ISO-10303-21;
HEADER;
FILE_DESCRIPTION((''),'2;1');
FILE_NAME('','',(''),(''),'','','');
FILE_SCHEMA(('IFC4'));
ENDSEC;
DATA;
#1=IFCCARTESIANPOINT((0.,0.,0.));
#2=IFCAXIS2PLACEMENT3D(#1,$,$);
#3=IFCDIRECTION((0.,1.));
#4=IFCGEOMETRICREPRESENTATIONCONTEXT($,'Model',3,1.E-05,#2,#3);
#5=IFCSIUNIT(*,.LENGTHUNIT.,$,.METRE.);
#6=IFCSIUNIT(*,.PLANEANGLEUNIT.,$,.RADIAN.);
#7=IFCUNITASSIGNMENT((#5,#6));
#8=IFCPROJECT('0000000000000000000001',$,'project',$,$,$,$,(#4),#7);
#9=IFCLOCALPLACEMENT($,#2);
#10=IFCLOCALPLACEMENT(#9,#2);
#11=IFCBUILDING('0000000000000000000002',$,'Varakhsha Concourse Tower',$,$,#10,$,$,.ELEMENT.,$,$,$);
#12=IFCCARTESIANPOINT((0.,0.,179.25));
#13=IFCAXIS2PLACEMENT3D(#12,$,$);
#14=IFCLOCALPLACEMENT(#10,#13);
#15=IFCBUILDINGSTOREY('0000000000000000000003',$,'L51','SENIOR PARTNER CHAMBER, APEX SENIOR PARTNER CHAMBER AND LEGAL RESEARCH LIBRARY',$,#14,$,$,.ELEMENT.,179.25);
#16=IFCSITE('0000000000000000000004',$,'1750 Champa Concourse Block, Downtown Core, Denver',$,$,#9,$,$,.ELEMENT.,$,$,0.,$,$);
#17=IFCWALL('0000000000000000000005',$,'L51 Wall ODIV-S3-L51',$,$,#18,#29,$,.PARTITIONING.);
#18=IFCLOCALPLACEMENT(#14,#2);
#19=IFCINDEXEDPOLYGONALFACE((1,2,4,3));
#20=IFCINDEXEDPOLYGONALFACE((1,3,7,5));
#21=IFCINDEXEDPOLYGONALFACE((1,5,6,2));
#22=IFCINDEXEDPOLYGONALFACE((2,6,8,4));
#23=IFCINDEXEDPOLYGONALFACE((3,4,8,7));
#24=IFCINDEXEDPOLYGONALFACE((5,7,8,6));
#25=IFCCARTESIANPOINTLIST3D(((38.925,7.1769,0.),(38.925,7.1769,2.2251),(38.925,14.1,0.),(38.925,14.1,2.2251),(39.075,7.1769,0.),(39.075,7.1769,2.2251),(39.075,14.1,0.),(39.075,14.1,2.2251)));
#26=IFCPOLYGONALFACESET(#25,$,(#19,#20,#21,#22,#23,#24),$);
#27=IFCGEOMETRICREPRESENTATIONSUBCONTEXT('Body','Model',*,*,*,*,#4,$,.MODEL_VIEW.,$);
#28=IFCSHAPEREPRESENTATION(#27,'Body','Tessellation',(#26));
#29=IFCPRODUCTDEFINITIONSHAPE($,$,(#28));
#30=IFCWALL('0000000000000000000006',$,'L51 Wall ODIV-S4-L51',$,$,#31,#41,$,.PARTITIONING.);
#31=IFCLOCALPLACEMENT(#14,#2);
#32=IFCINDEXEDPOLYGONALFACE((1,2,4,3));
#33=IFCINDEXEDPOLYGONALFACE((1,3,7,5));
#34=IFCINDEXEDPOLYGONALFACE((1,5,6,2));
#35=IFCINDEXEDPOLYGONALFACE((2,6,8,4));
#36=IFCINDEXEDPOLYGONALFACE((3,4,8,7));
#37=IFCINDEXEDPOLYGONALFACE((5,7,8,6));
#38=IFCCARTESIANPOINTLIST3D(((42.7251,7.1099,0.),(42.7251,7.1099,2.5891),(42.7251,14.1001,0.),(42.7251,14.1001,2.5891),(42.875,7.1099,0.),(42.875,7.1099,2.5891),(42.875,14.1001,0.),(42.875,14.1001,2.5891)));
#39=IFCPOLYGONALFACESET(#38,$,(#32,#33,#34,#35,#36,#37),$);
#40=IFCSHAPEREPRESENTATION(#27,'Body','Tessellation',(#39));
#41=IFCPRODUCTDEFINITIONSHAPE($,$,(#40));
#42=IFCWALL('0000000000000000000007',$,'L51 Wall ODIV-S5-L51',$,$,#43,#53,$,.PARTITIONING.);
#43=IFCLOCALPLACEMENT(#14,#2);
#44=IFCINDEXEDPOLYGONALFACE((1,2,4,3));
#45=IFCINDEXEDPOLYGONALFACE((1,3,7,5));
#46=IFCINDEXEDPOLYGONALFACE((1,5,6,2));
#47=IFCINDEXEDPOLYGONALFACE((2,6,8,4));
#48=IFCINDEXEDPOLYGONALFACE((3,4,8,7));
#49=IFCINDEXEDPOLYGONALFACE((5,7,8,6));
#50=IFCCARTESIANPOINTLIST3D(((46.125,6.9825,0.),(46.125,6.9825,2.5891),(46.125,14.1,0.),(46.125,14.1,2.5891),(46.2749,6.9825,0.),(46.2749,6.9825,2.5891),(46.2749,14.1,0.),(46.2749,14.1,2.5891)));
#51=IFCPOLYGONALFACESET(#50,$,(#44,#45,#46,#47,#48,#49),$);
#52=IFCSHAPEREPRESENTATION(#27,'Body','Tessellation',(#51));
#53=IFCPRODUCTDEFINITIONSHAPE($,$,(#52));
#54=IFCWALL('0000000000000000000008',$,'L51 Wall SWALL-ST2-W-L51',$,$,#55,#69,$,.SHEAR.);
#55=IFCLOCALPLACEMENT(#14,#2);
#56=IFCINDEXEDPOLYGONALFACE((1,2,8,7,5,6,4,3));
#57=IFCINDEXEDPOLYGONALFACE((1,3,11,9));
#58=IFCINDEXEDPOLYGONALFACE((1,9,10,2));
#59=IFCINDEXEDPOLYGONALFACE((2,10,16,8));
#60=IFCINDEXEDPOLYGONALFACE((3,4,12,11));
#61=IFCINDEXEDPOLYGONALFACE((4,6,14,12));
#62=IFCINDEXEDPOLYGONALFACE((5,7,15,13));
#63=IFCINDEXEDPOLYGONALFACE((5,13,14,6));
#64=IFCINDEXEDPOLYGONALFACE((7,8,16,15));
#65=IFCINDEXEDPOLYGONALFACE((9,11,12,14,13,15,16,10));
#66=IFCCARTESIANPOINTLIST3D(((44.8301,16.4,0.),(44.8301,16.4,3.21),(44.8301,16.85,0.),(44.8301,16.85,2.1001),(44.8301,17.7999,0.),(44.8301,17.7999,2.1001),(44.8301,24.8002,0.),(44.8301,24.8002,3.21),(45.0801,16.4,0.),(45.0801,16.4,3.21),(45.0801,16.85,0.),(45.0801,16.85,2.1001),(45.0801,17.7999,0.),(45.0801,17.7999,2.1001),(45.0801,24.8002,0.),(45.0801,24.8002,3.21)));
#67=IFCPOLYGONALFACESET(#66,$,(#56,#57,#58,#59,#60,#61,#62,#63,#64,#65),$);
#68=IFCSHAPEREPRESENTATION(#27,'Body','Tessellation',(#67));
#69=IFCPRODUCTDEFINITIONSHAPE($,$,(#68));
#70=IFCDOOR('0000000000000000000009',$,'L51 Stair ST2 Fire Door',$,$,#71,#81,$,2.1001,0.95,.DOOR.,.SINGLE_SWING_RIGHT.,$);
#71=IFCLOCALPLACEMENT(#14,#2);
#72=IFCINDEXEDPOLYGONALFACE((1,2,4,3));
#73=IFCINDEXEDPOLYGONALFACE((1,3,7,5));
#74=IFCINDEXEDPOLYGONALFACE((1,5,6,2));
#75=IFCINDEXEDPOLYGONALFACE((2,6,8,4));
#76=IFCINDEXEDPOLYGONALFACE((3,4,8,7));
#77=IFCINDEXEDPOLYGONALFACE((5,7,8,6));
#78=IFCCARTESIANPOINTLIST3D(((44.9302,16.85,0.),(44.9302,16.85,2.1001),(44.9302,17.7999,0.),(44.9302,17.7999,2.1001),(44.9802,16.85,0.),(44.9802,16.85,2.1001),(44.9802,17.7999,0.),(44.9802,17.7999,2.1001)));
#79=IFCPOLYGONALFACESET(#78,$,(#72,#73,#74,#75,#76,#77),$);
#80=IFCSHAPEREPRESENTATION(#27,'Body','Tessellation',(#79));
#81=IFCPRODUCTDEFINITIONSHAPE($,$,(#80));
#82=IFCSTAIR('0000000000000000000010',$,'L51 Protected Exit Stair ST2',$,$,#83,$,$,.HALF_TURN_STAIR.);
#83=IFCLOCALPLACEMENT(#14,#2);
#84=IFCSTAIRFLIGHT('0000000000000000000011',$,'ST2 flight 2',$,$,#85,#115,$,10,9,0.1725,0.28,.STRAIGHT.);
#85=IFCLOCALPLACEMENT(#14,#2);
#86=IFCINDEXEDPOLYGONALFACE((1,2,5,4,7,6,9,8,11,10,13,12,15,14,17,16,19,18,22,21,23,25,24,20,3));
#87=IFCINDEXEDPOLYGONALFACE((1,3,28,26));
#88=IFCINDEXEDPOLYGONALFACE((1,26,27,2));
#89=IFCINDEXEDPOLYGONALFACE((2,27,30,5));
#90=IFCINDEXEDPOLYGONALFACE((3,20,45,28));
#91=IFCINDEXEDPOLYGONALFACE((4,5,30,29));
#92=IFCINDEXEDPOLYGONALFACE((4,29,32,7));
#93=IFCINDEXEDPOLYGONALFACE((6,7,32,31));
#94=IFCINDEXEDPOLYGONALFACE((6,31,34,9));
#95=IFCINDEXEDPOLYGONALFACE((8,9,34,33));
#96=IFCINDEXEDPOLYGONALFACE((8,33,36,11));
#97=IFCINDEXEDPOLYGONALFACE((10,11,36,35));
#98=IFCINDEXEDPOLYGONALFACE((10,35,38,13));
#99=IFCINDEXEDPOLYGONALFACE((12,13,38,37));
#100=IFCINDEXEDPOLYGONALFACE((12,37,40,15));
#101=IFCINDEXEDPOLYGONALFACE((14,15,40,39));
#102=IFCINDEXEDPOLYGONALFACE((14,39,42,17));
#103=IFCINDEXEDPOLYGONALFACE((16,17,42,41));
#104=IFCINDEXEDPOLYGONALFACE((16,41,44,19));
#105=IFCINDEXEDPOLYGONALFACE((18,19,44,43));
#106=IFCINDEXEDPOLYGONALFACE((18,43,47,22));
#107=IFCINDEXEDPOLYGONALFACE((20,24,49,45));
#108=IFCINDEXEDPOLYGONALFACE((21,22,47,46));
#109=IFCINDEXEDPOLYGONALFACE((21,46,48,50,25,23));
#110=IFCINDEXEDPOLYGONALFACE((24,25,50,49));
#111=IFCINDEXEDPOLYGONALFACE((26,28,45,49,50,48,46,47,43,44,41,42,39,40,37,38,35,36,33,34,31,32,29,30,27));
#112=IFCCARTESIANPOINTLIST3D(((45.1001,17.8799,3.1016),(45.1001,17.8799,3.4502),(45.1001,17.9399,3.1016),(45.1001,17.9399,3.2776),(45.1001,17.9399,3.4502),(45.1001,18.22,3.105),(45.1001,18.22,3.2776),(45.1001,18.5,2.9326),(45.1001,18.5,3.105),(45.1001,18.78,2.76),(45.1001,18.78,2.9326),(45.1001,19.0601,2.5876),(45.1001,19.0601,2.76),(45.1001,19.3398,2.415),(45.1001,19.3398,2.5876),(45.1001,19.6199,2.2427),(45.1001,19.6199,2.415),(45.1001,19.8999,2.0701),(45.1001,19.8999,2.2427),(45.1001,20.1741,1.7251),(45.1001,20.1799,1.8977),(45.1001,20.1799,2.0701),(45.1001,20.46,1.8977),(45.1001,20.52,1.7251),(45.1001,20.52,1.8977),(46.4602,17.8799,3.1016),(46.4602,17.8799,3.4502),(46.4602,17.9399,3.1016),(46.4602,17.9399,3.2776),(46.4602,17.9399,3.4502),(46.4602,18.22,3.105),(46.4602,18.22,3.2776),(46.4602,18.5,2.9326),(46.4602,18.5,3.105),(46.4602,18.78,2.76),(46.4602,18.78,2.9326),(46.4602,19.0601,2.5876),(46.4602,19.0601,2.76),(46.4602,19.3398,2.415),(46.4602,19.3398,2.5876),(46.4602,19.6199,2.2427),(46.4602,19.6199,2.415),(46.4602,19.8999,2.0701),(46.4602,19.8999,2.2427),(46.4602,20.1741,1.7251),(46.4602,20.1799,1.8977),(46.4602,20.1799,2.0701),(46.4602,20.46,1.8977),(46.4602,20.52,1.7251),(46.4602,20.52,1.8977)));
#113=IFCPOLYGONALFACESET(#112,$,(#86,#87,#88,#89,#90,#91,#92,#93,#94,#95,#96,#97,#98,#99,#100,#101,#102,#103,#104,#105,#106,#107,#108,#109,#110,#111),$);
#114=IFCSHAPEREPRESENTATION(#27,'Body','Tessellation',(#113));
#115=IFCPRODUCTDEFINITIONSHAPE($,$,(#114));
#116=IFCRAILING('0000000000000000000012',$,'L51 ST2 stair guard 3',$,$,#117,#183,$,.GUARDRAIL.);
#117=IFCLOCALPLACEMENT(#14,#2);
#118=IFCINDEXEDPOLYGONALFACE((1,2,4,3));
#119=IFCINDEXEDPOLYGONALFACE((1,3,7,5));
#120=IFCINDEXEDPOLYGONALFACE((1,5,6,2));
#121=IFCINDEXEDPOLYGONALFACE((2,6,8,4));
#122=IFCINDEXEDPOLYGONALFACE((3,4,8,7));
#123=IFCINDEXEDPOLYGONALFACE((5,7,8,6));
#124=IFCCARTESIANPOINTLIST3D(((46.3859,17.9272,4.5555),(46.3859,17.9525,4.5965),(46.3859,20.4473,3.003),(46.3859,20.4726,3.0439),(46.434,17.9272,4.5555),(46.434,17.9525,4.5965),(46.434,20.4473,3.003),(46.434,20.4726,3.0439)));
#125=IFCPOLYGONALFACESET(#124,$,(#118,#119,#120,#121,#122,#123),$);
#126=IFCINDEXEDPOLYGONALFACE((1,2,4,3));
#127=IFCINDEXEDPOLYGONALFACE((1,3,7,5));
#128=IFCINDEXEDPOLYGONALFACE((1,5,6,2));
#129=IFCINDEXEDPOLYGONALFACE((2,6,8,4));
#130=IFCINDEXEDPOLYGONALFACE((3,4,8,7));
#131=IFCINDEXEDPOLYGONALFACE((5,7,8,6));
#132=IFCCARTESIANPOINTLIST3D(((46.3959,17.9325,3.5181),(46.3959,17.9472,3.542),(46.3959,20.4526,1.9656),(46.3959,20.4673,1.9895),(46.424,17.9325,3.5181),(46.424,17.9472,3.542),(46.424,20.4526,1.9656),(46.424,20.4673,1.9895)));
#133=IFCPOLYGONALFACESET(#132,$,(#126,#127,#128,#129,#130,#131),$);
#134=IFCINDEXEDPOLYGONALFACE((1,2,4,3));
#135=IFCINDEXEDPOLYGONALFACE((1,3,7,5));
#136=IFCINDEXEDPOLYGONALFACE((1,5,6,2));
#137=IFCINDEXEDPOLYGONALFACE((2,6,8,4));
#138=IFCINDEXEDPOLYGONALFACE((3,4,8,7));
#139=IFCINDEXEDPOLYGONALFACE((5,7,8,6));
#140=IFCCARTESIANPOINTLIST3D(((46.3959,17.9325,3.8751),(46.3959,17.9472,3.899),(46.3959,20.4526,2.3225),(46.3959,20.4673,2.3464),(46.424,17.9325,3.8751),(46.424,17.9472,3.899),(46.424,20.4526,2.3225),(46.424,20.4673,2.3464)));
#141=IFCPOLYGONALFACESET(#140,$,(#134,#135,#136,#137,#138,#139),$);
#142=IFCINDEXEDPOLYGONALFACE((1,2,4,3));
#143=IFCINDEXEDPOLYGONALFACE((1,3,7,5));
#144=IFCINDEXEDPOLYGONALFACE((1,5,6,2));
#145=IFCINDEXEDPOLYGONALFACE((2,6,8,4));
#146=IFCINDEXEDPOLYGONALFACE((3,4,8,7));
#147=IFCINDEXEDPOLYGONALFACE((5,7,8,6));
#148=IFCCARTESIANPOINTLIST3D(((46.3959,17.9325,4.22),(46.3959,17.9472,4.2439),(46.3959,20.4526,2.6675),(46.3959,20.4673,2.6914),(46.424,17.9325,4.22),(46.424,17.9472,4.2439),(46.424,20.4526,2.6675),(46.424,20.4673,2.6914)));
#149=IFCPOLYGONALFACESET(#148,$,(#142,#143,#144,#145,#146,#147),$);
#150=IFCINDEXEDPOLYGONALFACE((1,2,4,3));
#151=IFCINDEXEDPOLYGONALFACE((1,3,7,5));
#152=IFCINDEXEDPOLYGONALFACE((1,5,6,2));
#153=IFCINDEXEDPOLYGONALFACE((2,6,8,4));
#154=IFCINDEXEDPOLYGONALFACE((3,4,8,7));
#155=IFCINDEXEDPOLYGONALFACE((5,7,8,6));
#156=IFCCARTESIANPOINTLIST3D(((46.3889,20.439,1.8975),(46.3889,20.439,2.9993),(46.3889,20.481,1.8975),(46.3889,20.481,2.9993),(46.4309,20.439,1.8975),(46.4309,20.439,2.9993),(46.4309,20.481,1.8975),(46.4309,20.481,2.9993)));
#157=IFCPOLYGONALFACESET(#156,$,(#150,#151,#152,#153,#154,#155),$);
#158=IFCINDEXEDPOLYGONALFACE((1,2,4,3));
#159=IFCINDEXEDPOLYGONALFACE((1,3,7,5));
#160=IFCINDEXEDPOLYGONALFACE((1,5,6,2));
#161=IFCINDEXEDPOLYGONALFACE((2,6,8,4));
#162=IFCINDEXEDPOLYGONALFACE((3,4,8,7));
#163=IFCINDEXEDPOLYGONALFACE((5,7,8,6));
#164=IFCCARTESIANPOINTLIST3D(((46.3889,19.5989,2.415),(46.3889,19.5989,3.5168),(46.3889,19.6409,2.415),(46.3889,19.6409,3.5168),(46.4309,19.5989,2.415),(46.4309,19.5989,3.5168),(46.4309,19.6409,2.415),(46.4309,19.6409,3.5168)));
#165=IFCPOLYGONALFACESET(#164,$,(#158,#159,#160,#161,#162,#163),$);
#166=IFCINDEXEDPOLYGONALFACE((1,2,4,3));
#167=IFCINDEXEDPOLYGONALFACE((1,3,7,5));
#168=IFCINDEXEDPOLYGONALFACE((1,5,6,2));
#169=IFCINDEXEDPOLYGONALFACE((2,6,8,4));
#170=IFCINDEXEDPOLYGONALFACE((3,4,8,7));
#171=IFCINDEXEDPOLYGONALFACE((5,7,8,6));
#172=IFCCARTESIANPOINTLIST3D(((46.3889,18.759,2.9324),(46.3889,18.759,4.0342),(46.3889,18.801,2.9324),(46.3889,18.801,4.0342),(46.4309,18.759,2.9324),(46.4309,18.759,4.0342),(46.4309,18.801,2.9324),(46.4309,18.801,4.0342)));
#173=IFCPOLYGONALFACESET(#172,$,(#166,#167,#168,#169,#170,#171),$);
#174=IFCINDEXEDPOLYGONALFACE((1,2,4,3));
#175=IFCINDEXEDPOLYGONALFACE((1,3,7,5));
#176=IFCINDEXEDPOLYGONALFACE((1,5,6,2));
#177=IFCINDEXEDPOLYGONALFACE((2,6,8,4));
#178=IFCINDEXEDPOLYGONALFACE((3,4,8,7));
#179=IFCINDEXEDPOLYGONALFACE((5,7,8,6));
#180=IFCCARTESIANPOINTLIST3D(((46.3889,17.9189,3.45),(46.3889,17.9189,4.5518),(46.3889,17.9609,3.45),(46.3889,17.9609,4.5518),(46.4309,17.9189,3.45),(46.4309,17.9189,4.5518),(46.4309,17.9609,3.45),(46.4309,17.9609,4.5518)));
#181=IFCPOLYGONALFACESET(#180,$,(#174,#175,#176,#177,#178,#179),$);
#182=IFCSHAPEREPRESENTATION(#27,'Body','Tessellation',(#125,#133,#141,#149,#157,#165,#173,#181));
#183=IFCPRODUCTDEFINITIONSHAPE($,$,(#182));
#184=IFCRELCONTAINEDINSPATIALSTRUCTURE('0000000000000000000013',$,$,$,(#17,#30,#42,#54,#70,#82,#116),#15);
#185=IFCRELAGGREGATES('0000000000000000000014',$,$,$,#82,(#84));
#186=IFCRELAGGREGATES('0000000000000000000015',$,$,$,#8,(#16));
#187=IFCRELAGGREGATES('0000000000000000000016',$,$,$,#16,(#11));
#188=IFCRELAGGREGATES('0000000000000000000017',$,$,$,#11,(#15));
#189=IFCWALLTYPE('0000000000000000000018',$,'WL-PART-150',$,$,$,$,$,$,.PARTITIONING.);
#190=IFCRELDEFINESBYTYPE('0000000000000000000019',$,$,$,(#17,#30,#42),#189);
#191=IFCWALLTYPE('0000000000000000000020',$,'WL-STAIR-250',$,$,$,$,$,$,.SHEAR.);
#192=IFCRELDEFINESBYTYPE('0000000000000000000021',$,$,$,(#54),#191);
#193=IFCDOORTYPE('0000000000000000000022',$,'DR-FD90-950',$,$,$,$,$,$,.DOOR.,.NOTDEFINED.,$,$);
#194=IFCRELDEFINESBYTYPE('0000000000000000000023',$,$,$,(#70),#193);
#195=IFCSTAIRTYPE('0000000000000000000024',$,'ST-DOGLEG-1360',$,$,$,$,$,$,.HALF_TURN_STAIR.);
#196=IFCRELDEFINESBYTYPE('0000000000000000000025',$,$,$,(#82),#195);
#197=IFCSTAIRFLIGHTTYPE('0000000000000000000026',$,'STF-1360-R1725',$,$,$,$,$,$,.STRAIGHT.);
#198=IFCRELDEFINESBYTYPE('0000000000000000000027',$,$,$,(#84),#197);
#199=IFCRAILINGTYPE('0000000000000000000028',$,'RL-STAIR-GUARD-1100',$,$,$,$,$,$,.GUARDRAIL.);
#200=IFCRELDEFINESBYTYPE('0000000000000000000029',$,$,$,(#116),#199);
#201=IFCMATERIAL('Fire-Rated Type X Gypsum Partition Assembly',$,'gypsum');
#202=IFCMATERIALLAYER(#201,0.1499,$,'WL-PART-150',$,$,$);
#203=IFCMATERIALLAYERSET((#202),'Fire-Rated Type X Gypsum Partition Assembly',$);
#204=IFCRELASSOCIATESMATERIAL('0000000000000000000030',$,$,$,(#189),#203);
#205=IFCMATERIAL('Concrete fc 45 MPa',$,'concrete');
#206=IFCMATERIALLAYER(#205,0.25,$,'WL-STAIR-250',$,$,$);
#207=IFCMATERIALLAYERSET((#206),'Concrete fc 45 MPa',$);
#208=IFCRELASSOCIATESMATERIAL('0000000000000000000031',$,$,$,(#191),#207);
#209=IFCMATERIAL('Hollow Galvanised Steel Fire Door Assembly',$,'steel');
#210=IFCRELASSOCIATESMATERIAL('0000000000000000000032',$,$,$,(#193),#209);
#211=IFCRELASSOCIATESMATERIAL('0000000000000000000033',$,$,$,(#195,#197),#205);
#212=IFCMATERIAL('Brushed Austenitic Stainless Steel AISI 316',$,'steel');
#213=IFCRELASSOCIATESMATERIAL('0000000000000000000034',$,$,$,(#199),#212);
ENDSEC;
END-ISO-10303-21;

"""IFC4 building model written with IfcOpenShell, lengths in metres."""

from ifc_helpers import new_model, si_unit, direction, frame, frame_2d, origin, origin_2d, place, context, subcontext, project, spatial, polyline, rectangle, outline, extrude, material, layer, layer_set, type_object, element, fill, aggregate, save


model = new_model("IFC4")

# Units and contexts
model_context = context("Model", 3, precision=1e-05, world=origin(), true_north=direction((0.0, 1.0)))
body_context = subcontext(model_context, "Body", "Model", "MODEL_VIEW")
ifc_project = project(units=[si_unit("LENGTHUNIT", "METRE"), si_unit("PLANEANGLEUNIT", "RADIAN")], contexts=[model_context])

# Site, building, storey
site_placement = place(None, origin())
site = spatial("IfcSite", under=ifc_project, at=site_placement, Name="1750 Champa Concourse Block, Downtown Core, Denver", CompositionType="ELEMENT", RefElevation=0.0)
building_placement = place(site_placement, origin())
building = spatial("IfcBuilding", under=site, at=building_placement, Name="Varakhsha Concourse Tower", CompositionType="ELEMENT")
storey_placement = place(building_placement, frame((0.0, 0.0, 179.25)))
storey = spatial("IfcBuildingStorey", under=building, at=storey_placement, Name="L51", Description="SENIOR PARTNER CHAMBER, APEX SENIOR PARTNER CHAMBER AND LEGAL RESEARCH LIBRARY", CompositionType="ELEMENT", Elevation=179.25)

# Shared definitions
ifc_material_1 = material(Name="Fire-Rated Type X Gypsum Partition Assembly", Category="gypsum")
ifc_material_2 = material(Name="Hollow Galvanised Steel Fire Door Assembly", Category="steel")

# Walls
ifc_layer_1 = layer(ifc_material_1, 0.1499, Name="WL-PART-150")
ifc_layer_set_1 = layer_set([ifc_layer_1], Name="Fire-Rated Type X Gypsum Partition Assembly")
wall_type_1 = type_object("IfcWallType", Name="WL-PART-150", PredefinedType="PARTITIONING", material=ifc_layer_set_1)
wall_1_placement = place(storey_placement, frame((39.0, 7.177, 0.0), z_axis=(0.0, 0.0, 1.0), x_axis=(0.0, 1.0, 0.0)))
element("IfcWall", 1, at=wall_1_placement, inside=storey, type_object=wall_type_1, Name="L51 Wall ODIV-S3-L51", PredefinedType="PARTITIONING", context=body_context, shape_type="SweptSolid", body=[
    extrude(rectangle(XDim=6.9231, YDim=0.1499, at=frame_2d((3.4614, 0.0))), origin(), (0.0, 0.0, 1.0), 2.2251),
])
wall_2_placement = place(storey_placement, frame((42.8, 7.1099, 0.0), z_axis=(0.0, 0.0, 1.0), x_axis=(0.0, 1.0, 0.0)))
element("IfcWall", 2, at=wall_2_placement, inside=storey, type_object=wall_type_1, Name="L51 Wall ODIV-S4-L51", PredefinedType="PARTITIONING", context=body_context, shape_type="SweptSolid", body=[
    extrude(rectangle(XDim=6.9902, YDim=0.1499, at=frame_2d((3.4951, 0.0))), origin(), (0.0, 0.0, 1.0), 2.5891),
])
wall_3_placement = place(storey_placement, frame((46.2, 6.9827, 0.0), z_axis=(0.0, 0.0, 1.0), x_axis=(0.0, 1.0, 0.0)))
element("IfcWall", 3, at=wall_3_placement, inside=storey, type_object=wall_type_1, Name="L51 Wall ODIV-S5-L51", PredefinedType="PARTITIONING", context=body_context, shape_type="SweptSolid", body=[
    extrude(rectangle(XDim=7.1174, YDim=0.1499, at=frame_2d((3.5586, 0.0))), origin(), (0.0, 0.0, 1.0), 2.5891),
])

# Wall, opening, door
ifc_material_3 = material(Name="Concrete fc 45 MPa", Category="concrete")
ifc_layer_2 = layer(ifc_material_3, 0.25, Name="WL-STAIR-250")
ifc_layer_set_2 = layer_set([ifc_layer_2], Name="Concrete fc 45 MPa")
wall_type_2 = type_object("IfcWallType", Name="WL-STAIR-250", PredefinedType="SHEAR", material=ifc_layer_set_2)
wall_4_placement = place(storey_placement, frame((44.9551, 16.3999, 0.0), z_axis=(0.0, 0.0, 1.0), x_axis=(0.0, 1.0, 0.0)))
wall_4 = element("IfcWall", 4, at=wall_4_placement, inside=storey, type_object=wall_type_2, Name="L51 Wall SWALL-ST2-W-L51", PredefinedType="SHEAR", context=body_context, shape_type="SweptSolid", body=[
    extrude(rectangle(XDim=8.4001, YDim=0.25, at=frame_2d((4.2002, 0.0))), origin(), (0.0, 0.0, 1.0), 3.21),
])
opening_1_placement = place(wall_4_placement, frame((0.45, 0.0, 0.0)))
opening_1 = element("IfcOpeningElement", 5, at=opening_1_placement, cuts=wall_4, PredefinedType="OPENING", context=body_context, shape_type="SweptSolid", body=[
    extrude(rectangle(XDim=0.95, YDim=2.1001, at=frame_2d((0.4751, 1.05))), frame((0.0, 0.135, 0.0), z_axis=(0.0, -1.0, 0.0), x_axis=(1.0, 0.0, 0.0)), (0.0, 0.0, 1.0), 0.27),
])
door_type_1 = type_object("IfcDoorType", Name="DR-FD90-950", OperationType="NOTDEFINED", PredefinedType="DOOR", material=ifc_material_2)
door_1_placement = place(opening_1_placement, origin())
door_1 = element("IfcDoor", 6, at=door_1_placement, inside=storey, type_object=door_type_1, Name="L51 Stair ST2 Fire Door", OperationType="SINGLE_SWING_RIGHT", OverallHeight=2.1001, OverallWidth=0.95, PredefinedType="DOOR", context=body_context, shape_type="SweptSolid", body=[
    extrude(rectangle(XDim=0.95, YDim=2.1001, at=frame_2d((0.4751, 1.05))), frame((0.0, 0.0249, 0.0), z_axis=(0.0, -1.0, 0.0), x_axis=(1.0, 0.0, 0.0)), (0.0, 0.0, 1.0), 0.05),
])
fill(opening_1, door_1)

# Stair, stair flight
stair_type = type_object("IfcStairType", Name="ST-DOGLEG-1360", PredefinedType="HALF_TURN_STAIR", material=ifc_material_3)
stair_placement = place(storey_placement, origin())
stair = element("IfcStair", 7, at=stair_placement, inside=storey, type_object=stair_type, Name="L51 Protected Exit Stair ST2", PredefinedType="HALF_TURN_STAIR")
stair_flight_type = type_object("IfcStairFlightType", Name="STF-1360-R1725", PredefinedType="STRAIGHT", material=ifc_material_3)
stair_flight_placement = place(storey_placement, frame((45.78, 20.46, 1.7251), z_axis=(0.0, 0.0, 1.0), x_axis=(0.0, -1.0, 0.0)))
stair_flight = element("IfcStairFlight", 8, at=stair_flight_placement, type_object=stair_flight_type, Name="ST2 flight 2", NumberOfRisers=10, NumberOfTreads=9, PredefinedType="STRAIGHT", RiserHeight=0.1725, TreadLength=0.28, context=body_context, shape_type="SweptSolid", body=[
    extrude(outline(polyline([(-0.0601, 0.0), (-0.0601, 0.1726), (0.0, 0.1726), (0.28, 0.1726), (0.28, 0.345), (0.5601, 0.345), (0.5601, 0.5176), (0.8401, 0.5176), (0.8401, 0.6899), (1.1201, 0.6899), (1.1201, 0.8625), (1.3999, 0.8625), (1.3999, 1.0349), (1.6799, 1.0349), (1.6799, 1.2075), (1.96, 1.2075), (1.96, 1.3799), (2.24, 1.3799), (2.24, 1.5525), (2.52, 1.5525), (2.52, 1.7251), (2.5801, 1.7251), (2.5801, 1.3765), (2.52, 1.3765), (0.2859, 0.0), (-0.0601, 0.0)])), frame((0.0, 0.6802, 0.0), z_axis=(0.0, -1.0, 0.0), x_axis=(1.0, 0.0, 0.0)), (0.0, 0.0, 1.0), 1.3601),
])
aggregate(stair, [stair_flight])

# Railing
ifc_material_4 = material(Name="Brushed Austenitic Stainless Steel AISI 316", Category="steel")
railing_type_1 = type_object("IfcRailingType", Name="RL-STAIR-GUARD-1100", PredefinedType="GUARDRAIL", material=ifc_material_4)
railing_1_placement = place(storey_placement, frame((46.4099, 20.46, 1.8975)))
element("IfcRailing", 9, at=railing_1_placement, inside=storey, type_object=railing_type_1, Name="L51 ST2 stair guard 3", PredefinedType="GUARDRAIL", context=body_context, shape_type="SweptSolid", body=[
    extrude(rectangle(XDim=0.0481, YDim=0.0481, at=origin_2d()), frame((0.0, 0.0, 1.126), z_axis=(0.0, -0.8514, 0.524516), x_axis=(1.0, 0.0, 0.0)), (0.0, 0.0, 1.0), 2.96),
    extrude(rectangle(XDim=0.0281, YDim=0.0281, at=origin_2d()), frame((0.0, 0.0, 0.0801), z_axis=(0.0, -0.8514, 0.524516), x_axis=(1.0, 0.0, 0.0)), (0.0, 0.0, 1.0), 2.96),
    extrude(rectangle(XDim=0.0281, YDim=0.0281, at=origin_2d()), frame((0.0, 0.0, 0.437), z_axis=(0.0, -0.8514, 0.524516), x_axis=(1.0, 0.0, 0.0)), (0.0, 0.0, 1.0), 2.96),
    extrude(rectangle(XDim=0.0281, YDim=0.0281, at=origin_2d()), frame((0.0, 0.0, 0.782), z_axis=(0.0, -0.8514, 0.524516), x_axis=(1.0, 0.0, 0.0)), (0.0, 0.0, 1.0), 2.96),
    extrude(rectangle(XDim=0.042, YDim=0.042, at=origin_2d()), origin(), (0.0, 0.0, 1.0), 1.1018),
    extrude(rectangle(XDim=0.042, YDim=0.042, at=origin_2d()), frame((0.0, -0.8401, 0.5176)), (0.0, 0.0, 1.0), 1.1018),
    extrude(rectangle(XDim=0.042, YDim=0.042, at=origin_2d()), frame((0.0, -1.6799, 1.0349)), (0.0, 0.0, 1.0), 1.1018),
    extrude(rectangle(XDim=0.042, YDim=0.042, at=origin_2d()), frame((0.0, -2.52, 1.5525)), (0.0, 0.0, 1.0), 1.1018),
])

save(model, "model.ifc")
